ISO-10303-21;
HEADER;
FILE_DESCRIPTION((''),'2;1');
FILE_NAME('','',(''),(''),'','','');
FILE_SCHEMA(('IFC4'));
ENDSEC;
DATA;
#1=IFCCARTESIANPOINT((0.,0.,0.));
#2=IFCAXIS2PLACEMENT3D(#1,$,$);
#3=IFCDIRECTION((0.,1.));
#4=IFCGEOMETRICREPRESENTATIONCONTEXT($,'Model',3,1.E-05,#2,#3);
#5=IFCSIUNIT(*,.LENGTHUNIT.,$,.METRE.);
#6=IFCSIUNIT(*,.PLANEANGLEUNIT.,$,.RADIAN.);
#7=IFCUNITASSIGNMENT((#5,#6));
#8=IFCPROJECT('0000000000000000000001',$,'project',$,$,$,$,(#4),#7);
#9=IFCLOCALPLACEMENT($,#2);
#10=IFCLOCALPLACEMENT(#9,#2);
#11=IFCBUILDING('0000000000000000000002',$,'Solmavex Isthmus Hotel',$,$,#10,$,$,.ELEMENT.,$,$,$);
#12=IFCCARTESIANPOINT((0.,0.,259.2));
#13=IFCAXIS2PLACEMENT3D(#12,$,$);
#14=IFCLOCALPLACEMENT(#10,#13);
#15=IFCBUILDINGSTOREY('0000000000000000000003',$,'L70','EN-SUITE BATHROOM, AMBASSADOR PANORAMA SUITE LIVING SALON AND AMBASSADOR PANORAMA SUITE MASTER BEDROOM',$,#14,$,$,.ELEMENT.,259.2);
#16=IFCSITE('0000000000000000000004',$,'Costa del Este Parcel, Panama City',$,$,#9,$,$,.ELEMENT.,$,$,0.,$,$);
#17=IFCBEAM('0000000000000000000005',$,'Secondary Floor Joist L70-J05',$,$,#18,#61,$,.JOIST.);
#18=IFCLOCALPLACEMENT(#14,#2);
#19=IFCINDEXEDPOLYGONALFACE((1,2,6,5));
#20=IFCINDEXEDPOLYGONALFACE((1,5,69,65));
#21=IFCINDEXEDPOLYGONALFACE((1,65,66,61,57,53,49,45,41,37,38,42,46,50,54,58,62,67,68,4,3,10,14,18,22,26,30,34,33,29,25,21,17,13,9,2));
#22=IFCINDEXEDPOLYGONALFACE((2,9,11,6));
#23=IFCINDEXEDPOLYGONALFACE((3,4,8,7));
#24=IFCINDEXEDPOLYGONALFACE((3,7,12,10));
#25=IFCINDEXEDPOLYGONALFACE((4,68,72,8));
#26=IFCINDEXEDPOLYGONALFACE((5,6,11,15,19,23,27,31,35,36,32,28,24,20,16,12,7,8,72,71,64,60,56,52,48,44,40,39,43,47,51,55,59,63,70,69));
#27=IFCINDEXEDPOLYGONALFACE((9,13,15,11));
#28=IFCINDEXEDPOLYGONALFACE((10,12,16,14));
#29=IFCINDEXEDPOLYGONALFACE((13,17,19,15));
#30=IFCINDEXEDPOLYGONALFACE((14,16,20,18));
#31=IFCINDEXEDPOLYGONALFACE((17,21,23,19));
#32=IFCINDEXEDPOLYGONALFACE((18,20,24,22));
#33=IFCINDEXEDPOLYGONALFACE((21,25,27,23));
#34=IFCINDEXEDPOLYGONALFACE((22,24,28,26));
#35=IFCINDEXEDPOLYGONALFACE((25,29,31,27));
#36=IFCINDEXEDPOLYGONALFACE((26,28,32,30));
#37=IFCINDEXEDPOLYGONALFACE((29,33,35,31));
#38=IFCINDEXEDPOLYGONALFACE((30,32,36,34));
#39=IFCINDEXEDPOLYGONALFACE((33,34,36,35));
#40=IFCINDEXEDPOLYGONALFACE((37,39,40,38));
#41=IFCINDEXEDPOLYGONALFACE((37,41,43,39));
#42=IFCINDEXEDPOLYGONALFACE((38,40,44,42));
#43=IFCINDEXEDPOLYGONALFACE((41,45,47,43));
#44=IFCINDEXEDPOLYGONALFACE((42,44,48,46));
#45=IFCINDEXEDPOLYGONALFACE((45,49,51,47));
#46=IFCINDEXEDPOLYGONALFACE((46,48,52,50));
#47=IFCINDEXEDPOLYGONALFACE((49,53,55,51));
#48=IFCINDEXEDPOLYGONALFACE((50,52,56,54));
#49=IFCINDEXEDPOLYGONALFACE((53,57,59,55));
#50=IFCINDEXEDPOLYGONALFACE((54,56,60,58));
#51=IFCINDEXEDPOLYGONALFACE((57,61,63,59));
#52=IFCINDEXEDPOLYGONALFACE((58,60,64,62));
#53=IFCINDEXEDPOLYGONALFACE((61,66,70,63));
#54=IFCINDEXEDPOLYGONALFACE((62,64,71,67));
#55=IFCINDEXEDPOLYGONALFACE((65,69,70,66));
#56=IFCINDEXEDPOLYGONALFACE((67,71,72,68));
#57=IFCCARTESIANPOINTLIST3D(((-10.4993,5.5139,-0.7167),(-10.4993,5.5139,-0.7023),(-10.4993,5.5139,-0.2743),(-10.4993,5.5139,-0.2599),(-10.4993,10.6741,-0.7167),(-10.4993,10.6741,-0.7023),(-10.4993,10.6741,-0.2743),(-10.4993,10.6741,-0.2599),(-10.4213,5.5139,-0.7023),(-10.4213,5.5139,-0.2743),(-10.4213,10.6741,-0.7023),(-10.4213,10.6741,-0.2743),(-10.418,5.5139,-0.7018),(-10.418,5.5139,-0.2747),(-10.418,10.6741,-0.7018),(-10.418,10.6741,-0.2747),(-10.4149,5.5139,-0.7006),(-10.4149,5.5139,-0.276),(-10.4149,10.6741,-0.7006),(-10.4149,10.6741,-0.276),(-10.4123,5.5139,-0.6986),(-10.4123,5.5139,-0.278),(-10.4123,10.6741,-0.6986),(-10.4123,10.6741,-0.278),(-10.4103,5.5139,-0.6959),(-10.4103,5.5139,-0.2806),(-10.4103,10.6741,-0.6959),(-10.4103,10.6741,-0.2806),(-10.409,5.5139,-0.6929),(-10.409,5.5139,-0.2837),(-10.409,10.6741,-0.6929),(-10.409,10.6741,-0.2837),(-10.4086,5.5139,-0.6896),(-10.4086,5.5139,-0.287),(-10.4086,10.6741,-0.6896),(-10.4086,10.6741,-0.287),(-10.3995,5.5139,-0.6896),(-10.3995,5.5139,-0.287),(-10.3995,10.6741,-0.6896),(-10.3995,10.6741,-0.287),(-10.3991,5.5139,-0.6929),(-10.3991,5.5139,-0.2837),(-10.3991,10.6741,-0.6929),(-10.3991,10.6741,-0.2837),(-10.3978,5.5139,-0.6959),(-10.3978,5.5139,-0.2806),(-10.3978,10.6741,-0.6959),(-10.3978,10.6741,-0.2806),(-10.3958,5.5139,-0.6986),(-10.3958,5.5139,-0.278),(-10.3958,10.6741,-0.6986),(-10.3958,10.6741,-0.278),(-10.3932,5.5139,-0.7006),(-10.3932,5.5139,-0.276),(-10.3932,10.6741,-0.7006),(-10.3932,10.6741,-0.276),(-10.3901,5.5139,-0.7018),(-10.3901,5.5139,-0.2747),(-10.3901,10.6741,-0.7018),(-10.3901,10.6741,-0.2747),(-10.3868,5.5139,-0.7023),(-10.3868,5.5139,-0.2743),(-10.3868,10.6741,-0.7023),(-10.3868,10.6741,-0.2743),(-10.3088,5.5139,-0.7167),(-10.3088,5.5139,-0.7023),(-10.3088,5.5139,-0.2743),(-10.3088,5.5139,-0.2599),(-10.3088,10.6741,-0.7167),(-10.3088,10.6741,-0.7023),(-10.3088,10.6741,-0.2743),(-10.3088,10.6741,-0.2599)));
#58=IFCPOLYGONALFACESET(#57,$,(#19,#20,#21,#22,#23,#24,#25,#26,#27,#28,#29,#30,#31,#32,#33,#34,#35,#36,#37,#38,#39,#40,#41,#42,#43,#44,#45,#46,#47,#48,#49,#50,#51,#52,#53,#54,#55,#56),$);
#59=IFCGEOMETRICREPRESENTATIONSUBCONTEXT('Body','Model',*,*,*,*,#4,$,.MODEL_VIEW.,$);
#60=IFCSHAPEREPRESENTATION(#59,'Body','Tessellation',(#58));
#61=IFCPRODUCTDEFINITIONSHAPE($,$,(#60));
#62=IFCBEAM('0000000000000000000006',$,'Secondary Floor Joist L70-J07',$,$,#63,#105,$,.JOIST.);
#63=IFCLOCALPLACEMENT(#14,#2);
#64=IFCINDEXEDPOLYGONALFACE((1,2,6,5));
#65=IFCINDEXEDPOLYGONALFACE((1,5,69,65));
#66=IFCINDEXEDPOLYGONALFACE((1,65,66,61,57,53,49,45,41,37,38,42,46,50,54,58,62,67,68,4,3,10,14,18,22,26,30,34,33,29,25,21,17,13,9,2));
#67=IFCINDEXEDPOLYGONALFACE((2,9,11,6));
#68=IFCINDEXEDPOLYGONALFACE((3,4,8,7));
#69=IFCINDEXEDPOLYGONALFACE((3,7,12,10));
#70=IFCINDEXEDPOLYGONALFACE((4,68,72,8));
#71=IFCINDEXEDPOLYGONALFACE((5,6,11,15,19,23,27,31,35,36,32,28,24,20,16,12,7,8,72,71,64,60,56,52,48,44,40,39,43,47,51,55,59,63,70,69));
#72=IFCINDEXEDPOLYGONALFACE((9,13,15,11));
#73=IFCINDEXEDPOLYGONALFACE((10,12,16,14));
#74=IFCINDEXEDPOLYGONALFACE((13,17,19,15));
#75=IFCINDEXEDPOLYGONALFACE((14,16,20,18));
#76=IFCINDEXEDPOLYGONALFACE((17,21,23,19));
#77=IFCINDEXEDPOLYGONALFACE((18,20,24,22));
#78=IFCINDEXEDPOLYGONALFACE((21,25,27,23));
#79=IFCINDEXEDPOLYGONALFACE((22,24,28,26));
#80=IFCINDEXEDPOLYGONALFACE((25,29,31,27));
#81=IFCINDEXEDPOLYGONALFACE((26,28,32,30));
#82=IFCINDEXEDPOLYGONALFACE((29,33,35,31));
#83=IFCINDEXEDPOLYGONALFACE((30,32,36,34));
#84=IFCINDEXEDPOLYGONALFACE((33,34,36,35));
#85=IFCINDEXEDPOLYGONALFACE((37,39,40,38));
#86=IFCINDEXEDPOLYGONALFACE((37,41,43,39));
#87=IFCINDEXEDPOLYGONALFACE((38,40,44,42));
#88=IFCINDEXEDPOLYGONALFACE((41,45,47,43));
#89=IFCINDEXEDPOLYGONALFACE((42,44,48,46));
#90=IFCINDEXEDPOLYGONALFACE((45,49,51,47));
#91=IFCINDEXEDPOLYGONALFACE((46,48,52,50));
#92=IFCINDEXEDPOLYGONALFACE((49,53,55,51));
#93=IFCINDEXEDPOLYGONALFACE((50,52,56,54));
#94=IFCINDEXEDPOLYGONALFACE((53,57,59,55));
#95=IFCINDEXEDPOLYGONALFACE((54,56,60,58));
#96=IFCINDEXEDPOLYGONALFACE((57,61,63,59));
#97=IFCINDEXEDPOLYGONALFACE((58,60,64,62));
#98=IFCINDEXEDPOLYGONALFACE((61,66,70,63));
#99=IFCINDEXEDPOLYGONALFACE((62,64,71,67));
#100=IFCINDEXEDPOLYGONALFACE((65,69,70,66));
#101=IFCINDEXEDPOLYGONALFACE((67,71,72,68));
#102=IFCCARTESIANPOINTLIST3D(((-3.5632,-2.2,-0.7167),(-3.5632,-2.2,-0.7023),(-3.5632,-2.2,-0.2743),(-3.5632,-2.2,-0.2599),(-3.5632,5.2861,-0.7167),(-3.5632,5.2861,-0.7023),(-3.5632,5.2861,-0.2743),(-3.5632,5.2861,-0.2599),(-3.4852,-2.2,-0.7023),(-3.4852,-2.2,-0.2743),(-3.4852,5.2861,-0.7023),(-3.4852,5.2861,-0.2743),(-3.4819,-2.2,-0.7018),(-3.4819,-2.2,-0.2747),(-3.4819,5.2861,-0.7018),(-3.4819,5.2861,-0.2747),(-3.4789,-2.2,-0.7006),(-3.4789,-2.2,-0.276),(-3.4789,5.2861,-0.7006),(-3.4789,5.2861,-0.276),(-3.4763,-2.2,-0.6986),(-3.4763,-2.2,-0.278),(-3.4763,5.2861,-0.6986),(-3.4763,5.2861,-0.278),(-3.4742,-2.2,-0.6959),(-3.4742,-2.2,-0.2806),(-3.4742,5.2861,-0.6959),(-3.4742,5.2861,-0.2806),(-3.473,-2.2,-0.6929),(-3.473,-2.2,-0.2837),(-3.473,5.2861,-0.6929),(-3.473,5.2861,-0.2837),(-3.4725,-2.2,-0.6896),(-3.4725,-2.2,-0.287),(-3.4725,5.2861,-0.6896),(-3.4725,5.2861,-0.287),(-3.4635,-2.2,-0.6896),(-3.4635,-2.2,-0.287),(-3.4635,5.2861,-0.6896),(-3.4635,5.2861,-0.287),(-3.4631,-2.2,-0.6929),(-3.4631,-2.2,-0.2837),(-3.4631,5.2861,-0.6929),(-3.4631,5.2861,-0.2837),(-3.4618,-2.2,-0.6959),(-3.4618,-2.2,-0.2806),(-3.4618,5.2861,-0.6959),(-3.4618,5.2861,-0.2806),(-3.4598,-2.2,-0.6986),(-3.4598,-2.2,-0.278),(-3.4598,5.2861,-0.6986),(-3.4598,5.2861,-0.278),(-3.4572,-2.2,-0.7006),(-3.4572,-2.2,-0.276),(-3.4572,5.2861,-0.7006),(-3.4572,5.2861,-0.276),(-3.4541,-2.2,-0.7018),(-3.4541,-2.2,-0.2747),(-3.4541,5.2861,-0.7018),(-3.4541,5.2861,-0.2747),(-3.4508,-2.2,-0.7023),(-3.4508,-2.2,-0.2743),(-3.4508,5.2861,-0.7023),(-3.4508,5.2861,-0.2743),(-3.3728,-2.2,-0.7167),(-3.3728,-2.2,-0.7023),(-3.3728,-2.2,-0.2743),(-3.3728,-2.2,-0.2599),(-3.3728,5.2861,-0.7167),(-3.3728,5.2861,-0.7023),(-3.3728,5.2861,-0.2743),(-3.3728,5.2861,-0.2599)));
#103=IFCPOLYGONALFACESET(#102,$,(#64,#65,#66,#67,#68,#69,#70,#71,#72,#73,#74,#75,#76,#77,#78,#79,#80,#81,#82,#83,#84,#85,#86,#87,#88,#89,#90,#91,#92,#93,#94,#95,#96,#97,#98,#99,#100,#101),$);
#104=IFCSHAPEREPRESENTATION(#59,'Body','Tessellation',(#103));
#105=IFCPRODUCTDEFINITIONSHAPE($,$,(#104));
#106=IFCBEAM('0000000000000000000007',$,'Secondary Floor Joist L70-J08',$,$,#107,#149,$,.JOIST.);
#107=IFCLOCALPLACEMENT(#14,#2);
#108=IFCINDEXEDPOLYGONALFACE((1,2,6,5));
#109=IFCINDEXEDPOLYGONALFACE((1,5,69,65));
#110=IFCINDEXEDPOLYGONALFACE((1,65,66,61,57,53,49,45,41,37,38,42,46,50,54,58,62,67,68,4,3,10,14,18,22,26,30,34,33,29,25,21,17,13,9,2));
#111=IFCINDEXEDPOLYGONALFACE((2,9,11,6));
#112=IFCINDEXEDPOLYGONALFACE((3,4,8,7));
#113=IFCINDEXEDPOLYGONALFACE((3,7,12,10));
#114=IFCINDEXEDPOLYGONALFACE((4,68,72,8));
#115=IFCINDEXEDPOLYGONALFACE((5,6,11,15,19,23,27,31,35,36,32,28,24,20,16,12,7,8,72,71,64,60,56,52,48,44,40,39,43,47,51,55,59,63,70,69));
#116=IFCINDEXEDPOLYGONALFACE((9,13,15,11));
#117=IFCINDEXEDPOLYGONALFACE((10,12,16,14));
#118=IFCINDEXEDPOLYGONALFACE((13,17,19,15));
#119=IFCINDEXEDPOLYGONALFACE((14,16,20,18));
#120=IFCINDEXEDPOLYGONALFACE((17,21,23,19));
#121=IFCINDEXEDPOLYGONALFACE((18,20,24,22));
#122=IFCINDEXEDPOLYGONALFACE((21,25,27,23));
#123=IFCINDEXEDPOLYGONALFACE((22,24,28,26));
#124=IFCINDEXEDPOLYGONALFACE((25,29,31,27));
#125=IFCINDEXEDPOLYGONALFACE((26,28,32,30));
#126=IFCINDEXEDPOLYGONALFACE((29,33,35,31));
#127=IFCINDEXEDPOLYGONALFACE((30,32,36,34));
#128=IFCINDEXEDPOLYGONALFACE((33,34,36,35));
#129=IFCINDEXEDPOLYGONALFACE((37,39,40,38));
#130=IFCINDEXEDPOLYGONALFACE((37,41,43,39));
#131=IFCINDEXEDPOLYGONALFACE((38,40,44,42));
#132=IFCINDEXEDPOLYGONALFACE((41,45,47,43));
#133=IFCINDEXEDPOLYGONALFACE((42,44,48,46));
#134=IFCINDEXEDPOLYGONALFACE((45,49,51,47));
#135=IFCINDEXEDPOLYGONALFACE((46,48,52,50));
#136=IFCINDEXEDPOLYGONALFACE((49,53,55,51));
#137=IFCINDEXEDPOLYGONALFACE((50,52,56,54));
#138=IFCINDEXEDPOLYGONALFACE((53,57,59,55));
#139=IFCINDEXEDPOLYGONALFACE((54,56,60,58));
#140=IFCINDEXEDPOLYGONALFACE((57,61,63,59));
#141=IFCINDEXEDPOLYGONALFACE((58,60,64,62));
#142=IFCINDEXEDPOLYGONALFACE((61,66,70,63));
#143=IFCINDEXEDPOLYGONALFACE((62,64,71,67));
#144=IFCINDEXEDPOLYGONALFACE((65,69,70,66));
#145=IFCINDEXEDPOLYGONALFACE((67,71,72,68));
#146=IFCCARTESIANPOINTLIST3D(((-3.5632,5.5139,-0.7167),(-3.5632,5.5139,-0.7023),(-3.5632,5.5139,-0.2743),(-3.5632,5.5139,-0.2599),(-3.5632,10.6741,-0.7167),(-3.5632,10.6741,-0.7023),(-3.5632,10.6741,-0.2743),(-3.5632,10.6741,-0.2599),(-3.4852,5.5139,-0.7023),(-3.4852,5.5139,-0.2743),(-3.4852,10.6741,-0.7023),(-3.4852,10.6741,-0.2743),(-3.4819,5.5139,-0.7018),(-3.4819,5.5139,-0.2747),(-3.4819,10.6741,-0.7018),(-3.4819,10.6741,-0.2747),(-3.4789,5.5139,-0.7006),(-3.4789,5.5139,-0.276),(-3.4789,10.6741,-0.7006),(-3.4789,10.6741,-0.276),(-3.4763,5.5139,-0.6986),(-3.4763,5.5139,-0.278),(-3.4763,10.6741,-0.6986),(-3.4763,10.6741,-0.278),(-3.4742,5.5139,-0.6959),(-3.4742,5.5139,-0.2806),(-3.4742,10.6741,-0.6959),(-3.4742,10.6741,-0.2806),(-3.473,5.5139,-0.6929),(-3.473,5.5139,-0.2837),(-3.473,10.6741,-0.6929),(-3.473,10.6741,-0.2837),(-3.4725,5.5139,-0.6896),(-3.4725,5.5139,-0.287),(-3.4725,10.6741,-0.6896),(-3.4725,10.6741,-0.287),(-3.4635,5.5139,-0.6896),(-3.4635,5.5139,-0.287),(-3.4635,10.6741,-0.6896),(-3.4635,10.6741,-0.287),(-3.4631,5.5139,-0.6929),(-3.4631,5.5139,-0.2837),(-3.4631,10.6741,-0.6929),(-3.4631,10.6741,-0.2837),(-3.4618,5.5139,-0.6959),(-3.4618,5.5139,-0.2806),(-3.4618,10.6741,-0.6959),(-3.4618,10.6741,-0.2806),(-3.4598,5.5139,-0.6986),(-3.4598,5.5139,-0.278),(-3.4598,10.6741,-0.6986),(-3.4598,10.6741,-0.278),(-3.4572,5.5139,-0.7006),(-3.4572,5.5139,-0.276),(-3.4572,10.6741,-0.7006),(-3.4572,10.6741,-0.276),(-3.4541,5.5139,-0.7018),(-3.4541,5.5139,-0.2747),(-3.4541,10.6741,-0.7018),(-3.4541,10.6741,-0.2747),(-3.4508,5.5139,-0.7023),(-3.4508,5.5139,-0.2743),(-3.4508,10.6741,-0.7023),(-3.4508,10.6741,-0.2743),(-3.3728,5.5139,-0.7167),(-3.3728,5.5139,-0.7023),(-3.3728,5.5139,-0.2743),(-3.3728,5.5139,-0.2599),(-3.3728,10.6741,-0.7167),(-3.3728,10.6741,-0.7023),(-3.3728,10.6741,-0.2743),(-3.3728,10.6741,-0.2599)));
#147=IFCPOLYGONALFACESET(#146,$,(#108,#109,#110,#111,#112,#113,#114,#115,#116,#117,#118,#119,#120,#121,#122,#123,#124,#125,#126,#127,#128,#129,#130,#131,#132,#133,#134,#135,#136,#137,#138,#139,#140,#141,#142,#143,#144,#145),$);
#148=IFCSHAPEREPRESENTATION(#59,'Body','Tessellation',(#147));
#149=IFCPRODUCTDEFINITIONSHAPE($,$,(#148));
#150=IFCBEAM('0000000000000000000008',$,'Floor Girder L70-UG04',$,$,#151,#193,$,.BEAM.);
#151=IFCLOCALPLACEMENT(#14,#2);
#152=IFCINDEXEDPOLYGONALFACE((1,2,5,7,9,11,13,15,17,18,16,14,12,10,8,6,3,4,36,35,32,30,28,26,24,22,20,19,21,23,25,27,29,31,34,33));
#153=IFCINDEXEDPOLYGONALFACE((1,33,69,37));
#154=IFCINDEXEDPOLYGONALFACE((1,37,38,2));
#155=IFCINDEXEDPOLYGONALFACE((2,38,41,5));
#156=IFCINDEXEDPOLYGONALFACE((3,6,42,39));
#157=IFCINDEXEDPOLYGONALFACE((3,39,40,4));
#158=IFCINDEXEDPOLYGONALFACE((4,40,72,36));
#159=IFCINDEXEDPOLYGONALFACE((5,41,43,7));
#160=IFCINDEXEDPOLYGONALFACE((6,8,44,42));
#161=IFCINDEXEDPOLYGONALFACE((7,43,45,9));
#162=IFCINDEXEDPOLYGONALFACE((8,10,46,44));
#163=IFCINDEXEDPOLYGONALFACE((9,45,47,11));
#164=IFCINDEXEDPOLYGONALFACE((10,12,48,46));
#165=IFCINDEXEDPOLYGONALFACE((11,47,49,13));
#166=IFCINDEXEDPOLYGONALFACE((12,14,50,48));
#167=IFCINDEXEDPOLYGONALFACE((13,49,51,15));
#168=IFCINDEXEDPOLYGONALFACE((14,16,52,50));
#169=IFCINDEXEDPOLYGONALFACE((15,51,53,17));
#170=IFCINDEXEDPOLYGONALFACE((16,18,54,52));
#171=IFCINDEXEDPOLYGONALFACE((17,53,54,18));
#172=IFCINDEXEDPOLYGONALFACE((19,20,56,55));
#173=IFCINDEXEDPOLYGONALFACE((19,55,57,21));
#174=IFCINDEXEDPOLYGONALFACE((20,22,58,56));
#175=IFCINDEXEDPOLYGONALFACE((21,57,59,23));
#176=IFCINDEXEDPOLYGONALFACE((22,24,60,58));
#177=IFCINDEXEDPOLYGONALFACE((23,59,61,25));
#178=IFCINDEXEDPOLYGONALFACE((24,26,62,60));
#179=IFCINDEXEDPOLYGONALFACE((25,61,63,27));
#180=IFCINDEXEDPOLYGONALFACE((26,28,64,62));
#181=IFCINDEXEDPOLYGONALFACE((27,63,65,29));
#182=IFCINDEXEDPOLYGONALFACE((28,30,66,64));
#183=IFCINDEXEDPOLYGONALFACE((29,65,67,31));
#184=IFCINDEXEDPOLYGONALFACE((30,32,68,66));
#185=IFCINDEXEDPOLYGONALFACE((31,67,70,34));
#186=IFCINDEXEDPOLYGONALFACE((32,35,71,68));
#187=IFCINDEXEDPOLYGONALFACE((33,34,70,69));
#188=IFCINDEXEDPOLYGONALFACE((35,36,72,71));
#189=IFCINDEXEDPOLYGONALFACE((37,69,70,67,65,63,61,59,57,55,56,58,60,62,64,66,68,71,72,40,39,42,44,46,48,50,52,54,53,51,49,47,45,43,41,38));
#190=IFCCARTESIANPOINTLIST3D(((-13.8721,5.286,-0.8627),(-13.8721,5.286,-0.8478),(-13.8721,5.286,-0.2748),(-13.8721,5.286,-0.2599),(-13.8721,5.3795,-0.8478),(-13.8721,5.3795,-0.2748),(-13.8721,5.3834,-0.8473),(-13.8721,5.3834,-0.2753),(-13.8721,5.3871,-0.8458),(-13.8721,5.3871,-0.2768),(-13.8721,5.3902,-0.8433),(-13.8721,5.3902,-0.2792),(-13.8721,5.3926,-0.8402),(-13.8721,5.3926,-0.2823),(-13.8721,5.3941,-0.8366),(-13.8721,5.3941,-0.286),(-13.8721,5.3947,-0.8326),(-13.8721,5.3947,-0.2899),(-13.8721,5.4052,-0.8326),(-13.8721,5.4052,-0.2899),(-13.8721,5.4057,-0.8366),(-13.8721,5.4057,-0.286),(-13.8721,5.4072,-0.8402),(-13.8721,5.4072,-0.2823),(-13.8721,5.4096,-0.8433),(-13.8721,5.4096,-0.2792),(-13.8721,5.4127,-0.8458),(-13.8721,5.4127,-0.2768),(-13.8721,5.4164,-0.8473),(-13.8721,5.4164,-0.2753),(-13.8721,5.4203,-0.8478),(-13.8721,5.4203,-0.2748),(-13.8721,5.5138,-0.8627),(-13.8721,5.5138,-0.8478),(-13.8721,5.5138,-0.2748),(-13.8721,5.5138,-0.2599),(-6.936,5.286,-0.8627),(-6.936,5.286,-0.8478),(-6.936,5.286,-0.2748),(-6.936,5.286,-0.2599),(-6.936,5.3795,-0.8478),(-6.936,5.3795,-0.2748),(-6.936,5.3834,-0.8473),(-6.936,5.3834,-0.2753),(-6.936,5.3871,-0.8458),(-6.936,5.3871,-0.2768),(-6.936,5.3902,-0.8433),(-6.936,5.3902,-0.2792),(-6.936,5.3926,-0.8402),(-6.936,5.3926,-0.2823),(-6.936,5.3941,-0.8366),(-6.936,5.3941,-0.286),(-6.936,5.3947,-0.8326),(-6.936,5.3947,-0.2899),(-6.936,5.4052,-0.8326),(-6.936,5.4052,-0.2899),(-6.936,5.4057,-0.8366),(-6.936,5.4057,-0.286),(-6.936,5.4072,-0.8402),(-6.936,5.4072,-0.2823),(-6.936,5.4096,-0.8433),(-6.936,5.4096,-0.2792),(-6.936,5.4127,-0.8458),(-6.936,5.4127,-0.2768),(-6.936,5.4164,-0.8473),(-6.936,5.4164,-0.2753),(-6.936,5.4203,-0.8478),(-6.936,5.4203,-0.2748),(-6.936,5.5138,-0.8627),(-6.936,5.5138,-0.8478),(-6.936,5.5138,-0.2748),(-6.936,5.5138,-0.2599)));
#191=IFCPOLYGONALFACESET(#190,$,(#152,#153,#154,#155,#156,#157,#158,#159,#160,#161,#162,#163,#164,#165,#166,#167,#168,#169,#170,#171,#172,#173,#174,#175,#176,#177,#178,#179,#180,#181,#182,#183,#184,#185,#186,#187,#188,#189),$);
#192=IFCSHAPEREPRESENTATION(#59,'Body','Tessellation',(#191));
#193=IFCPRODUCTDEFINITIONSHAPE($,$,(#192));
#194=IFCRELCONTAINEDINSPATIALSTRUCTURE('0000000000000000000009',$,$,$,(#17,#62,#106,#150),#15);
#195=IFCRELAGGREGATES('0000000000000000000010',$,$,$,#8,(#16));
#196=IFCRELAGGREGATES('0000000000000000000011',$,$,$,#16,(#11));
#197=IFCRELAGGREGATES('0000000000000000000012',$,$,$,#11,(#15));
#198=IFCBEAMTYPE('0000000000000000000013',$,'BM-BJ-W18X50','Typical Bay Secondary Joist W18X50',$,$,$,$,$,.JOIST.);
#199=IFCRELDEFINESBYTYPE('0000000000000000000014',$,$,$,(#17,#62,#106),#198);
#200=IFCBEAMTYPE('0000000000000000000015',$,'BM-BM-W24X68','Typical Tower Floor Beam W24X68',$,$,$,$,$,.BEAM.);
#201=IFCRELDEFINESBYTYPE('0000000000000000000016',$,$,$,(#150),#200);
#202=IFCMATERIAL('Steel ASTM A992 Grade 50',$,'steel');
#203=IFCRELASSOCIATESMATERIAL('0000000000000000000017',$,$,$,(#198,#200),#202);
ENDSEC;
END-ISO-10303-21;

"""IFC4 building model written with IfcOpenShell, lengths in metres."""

from ifc_helpers import new_model, si_unit, direction, frame, origin, origin_2d, place, context, subcontext, project, spatial, i_section, extrude, material, material_profile, profile_set, type_object, element, save


model = new_model("IFC4")

# Units and contexts
model_context = context("Model", 3, precision=1e-05, world=origin(), true_north=direction((0.0, 1.0)))
body_context = subcontext(model_context, "Body", "Model", "MODEL_VIEW")
ifc_project = project(units=[si_unit("LENGTHUNIT", "METRE"), si_unit("PLANEANGLEUNIT", "RADIAN")], contexts=[model_context])

# Site, building, storey
site_placement = place(None, origin())
site = spatial("IfcSite", under=ifc_project, at=site_placement, Name="Costa del Este Parcel, Panama City", CompositionType="ELEMENT", RefElevation=0.0)
building_placement = place(site_placement, origin())
building = spatial("IfcBuilding", under=site, at=building_placement, Name="Solmavex Isthmus Hotel", CompositionType="ELEMENT")
storey_placement = place(building_placement, frame((0.0, 0.0, 259.2)))
storey = spatial("IfcBuildingStorey", under=building, at=storey_placement, Name="L70", Description="EN-SUITE BATHROOM, AMBASSADOR PANORAMA SUITE LIVING SALON AND AMBASSADOR PANORAMA SUITE MASTER BEDROOM", CompositionType="ELEMENT", Elevation=259.2)

# Beams
ifc_material_1 = material(Name="Steel ASTM A992 Grade 50", Category="steel")
ifc_material_profile_1 = material_profile(ifc_material_1, i_section(OverallWidth=0.1904, OverallDepth=0.4568, WebThickness=0.009, FlangeThickness=0.0144, FilletRadius=0.0127, at=origin_2d()), Name="W18X50")
ifc_profile_set_1 = profile_set([ifc_material_profile_1], Name="Steel ASTM A992 Grade 50")
beam_type_1 = type_object("IfcBeamType", Name="BM-BJ-W18X50", Description="Typical Bay Secondary Joist W18X50", PredefinedType="JOIST", material=ifc_profile_set_1)
beam_1_placement = place(storey_placement, frame((-10.4041, 5.5139, -0.4883), z_axis=(0.0, 1.0, 0.0), x_axis=(-1.0, 0.0, 0.0)))
element("IfcBeam", 1, at=beam_1_placement, inside=storey, type_object=beam_type_1, Name="Secondary Floor Joist L70-J05", PredefinedType="JOIST", context=body_context, shape_type="SweptSolid", body=[
    extrude(i_section(OverallWidth=0.1904, OverallDepth=0.4568, WebThickness=0.009, FlangeThickness=0.0144, FilletRadius=0.0127, at=origin_2d()), origin(), (0.0, 0.0, 1.0), 5.1602),
])
beam_2_placement = place(storey_placement, frame((-3.468, -2.2, -0.4883), z_axis=(0.0, 1.0, 0.0), x_axis=(-1.0, 0.0, 0.0)))
element("IfcBeam", 2, at=beam_2_placement, inside=storey, type_object=beam_type_1, Name="Secondary Floor Joist L70-J07", PredefinedType="JOIST", context=body_context, shape_type="SweptSolid", body=[
    extrude(i_section(OverallWidth=0.1904, OverallDepth=0.4568, WebThickness=0.009, FlangeThickness=0.0144, FilletRadius=0.0127, at=origin_2d()), origin(), (0.0, 0.0, 1.0), 7.4861),
])
beam_3_placement = place(storey_placement, frame((-3.468, 5.5139, -0.4883), z_axis=(0.0, 1.0, 0.0), x_axis=(-1.0, 0.0, 0.0)))
element("IfcBeam", 3, at=beam_3_placement, inside=storey, type_object=beam_type_1, Name="Secondary Floor Joist L70-J08", PredefinedType="JOIST", context=body_context, shape_type="SweptSolid", body=[
    extrude(i_section(OverallWidth=0.1904, OverallDepth=0.4568, WebThickness=0.009, FlangeThickness=0.0144, FilletRadius=0.0127, at=origin_2d()), origin(), (0.0, 0.0, 1.0), 5.1602),
])
ifc_material_profile_2 = material_profile(ifc_material_1, i_section(OverallWidth=0.2278, OverallDepth=0.6028, WebThickness=0.0105, FlangeThickness=0.0149, FilletRadius=0.0151, at=origin_2d()), Name="W24X68")
ifc_profile_set_2 = profile_set([ifc_material_profile_2], Name="Steel ASTM A992 Grade 50")
beam_type_2 = type_object("IfcBeamType", Name="BM-BM-W24X68", Description="Typical Tower Floor Beam W24X68", PredefinedType="BEAM", material=ifc_profile_set_2)
for number, where, z_axis, x_axis, name in (
    (4, (-13.8721, 5.3999, -0.5613), (1.0, 0.0, 0.0), (0.0, 1.0, 0.0), "Floor Girder L70-UG04"),
):
    element("IfcBeam", number, at=place(storey_placement, frame(where, z_axis=z_axis, x_axis=x_axis)), inside=storey, type_object=beam_type_2, Name=name, PredefinedType="BEAM", context=body_context, shape_type="SweptSolid", body=[
        extrude(i_section(OverallWidth=0.2278, OverallDepth=0.6028, WebThickness=0.0105, FlangeThickness=0.0149, FilletRadius=0.0151, at=origin_2d()), origin(), (0.0, 0.0, 1.0), 6.936),
    ])

save(model, "model.ifc")
